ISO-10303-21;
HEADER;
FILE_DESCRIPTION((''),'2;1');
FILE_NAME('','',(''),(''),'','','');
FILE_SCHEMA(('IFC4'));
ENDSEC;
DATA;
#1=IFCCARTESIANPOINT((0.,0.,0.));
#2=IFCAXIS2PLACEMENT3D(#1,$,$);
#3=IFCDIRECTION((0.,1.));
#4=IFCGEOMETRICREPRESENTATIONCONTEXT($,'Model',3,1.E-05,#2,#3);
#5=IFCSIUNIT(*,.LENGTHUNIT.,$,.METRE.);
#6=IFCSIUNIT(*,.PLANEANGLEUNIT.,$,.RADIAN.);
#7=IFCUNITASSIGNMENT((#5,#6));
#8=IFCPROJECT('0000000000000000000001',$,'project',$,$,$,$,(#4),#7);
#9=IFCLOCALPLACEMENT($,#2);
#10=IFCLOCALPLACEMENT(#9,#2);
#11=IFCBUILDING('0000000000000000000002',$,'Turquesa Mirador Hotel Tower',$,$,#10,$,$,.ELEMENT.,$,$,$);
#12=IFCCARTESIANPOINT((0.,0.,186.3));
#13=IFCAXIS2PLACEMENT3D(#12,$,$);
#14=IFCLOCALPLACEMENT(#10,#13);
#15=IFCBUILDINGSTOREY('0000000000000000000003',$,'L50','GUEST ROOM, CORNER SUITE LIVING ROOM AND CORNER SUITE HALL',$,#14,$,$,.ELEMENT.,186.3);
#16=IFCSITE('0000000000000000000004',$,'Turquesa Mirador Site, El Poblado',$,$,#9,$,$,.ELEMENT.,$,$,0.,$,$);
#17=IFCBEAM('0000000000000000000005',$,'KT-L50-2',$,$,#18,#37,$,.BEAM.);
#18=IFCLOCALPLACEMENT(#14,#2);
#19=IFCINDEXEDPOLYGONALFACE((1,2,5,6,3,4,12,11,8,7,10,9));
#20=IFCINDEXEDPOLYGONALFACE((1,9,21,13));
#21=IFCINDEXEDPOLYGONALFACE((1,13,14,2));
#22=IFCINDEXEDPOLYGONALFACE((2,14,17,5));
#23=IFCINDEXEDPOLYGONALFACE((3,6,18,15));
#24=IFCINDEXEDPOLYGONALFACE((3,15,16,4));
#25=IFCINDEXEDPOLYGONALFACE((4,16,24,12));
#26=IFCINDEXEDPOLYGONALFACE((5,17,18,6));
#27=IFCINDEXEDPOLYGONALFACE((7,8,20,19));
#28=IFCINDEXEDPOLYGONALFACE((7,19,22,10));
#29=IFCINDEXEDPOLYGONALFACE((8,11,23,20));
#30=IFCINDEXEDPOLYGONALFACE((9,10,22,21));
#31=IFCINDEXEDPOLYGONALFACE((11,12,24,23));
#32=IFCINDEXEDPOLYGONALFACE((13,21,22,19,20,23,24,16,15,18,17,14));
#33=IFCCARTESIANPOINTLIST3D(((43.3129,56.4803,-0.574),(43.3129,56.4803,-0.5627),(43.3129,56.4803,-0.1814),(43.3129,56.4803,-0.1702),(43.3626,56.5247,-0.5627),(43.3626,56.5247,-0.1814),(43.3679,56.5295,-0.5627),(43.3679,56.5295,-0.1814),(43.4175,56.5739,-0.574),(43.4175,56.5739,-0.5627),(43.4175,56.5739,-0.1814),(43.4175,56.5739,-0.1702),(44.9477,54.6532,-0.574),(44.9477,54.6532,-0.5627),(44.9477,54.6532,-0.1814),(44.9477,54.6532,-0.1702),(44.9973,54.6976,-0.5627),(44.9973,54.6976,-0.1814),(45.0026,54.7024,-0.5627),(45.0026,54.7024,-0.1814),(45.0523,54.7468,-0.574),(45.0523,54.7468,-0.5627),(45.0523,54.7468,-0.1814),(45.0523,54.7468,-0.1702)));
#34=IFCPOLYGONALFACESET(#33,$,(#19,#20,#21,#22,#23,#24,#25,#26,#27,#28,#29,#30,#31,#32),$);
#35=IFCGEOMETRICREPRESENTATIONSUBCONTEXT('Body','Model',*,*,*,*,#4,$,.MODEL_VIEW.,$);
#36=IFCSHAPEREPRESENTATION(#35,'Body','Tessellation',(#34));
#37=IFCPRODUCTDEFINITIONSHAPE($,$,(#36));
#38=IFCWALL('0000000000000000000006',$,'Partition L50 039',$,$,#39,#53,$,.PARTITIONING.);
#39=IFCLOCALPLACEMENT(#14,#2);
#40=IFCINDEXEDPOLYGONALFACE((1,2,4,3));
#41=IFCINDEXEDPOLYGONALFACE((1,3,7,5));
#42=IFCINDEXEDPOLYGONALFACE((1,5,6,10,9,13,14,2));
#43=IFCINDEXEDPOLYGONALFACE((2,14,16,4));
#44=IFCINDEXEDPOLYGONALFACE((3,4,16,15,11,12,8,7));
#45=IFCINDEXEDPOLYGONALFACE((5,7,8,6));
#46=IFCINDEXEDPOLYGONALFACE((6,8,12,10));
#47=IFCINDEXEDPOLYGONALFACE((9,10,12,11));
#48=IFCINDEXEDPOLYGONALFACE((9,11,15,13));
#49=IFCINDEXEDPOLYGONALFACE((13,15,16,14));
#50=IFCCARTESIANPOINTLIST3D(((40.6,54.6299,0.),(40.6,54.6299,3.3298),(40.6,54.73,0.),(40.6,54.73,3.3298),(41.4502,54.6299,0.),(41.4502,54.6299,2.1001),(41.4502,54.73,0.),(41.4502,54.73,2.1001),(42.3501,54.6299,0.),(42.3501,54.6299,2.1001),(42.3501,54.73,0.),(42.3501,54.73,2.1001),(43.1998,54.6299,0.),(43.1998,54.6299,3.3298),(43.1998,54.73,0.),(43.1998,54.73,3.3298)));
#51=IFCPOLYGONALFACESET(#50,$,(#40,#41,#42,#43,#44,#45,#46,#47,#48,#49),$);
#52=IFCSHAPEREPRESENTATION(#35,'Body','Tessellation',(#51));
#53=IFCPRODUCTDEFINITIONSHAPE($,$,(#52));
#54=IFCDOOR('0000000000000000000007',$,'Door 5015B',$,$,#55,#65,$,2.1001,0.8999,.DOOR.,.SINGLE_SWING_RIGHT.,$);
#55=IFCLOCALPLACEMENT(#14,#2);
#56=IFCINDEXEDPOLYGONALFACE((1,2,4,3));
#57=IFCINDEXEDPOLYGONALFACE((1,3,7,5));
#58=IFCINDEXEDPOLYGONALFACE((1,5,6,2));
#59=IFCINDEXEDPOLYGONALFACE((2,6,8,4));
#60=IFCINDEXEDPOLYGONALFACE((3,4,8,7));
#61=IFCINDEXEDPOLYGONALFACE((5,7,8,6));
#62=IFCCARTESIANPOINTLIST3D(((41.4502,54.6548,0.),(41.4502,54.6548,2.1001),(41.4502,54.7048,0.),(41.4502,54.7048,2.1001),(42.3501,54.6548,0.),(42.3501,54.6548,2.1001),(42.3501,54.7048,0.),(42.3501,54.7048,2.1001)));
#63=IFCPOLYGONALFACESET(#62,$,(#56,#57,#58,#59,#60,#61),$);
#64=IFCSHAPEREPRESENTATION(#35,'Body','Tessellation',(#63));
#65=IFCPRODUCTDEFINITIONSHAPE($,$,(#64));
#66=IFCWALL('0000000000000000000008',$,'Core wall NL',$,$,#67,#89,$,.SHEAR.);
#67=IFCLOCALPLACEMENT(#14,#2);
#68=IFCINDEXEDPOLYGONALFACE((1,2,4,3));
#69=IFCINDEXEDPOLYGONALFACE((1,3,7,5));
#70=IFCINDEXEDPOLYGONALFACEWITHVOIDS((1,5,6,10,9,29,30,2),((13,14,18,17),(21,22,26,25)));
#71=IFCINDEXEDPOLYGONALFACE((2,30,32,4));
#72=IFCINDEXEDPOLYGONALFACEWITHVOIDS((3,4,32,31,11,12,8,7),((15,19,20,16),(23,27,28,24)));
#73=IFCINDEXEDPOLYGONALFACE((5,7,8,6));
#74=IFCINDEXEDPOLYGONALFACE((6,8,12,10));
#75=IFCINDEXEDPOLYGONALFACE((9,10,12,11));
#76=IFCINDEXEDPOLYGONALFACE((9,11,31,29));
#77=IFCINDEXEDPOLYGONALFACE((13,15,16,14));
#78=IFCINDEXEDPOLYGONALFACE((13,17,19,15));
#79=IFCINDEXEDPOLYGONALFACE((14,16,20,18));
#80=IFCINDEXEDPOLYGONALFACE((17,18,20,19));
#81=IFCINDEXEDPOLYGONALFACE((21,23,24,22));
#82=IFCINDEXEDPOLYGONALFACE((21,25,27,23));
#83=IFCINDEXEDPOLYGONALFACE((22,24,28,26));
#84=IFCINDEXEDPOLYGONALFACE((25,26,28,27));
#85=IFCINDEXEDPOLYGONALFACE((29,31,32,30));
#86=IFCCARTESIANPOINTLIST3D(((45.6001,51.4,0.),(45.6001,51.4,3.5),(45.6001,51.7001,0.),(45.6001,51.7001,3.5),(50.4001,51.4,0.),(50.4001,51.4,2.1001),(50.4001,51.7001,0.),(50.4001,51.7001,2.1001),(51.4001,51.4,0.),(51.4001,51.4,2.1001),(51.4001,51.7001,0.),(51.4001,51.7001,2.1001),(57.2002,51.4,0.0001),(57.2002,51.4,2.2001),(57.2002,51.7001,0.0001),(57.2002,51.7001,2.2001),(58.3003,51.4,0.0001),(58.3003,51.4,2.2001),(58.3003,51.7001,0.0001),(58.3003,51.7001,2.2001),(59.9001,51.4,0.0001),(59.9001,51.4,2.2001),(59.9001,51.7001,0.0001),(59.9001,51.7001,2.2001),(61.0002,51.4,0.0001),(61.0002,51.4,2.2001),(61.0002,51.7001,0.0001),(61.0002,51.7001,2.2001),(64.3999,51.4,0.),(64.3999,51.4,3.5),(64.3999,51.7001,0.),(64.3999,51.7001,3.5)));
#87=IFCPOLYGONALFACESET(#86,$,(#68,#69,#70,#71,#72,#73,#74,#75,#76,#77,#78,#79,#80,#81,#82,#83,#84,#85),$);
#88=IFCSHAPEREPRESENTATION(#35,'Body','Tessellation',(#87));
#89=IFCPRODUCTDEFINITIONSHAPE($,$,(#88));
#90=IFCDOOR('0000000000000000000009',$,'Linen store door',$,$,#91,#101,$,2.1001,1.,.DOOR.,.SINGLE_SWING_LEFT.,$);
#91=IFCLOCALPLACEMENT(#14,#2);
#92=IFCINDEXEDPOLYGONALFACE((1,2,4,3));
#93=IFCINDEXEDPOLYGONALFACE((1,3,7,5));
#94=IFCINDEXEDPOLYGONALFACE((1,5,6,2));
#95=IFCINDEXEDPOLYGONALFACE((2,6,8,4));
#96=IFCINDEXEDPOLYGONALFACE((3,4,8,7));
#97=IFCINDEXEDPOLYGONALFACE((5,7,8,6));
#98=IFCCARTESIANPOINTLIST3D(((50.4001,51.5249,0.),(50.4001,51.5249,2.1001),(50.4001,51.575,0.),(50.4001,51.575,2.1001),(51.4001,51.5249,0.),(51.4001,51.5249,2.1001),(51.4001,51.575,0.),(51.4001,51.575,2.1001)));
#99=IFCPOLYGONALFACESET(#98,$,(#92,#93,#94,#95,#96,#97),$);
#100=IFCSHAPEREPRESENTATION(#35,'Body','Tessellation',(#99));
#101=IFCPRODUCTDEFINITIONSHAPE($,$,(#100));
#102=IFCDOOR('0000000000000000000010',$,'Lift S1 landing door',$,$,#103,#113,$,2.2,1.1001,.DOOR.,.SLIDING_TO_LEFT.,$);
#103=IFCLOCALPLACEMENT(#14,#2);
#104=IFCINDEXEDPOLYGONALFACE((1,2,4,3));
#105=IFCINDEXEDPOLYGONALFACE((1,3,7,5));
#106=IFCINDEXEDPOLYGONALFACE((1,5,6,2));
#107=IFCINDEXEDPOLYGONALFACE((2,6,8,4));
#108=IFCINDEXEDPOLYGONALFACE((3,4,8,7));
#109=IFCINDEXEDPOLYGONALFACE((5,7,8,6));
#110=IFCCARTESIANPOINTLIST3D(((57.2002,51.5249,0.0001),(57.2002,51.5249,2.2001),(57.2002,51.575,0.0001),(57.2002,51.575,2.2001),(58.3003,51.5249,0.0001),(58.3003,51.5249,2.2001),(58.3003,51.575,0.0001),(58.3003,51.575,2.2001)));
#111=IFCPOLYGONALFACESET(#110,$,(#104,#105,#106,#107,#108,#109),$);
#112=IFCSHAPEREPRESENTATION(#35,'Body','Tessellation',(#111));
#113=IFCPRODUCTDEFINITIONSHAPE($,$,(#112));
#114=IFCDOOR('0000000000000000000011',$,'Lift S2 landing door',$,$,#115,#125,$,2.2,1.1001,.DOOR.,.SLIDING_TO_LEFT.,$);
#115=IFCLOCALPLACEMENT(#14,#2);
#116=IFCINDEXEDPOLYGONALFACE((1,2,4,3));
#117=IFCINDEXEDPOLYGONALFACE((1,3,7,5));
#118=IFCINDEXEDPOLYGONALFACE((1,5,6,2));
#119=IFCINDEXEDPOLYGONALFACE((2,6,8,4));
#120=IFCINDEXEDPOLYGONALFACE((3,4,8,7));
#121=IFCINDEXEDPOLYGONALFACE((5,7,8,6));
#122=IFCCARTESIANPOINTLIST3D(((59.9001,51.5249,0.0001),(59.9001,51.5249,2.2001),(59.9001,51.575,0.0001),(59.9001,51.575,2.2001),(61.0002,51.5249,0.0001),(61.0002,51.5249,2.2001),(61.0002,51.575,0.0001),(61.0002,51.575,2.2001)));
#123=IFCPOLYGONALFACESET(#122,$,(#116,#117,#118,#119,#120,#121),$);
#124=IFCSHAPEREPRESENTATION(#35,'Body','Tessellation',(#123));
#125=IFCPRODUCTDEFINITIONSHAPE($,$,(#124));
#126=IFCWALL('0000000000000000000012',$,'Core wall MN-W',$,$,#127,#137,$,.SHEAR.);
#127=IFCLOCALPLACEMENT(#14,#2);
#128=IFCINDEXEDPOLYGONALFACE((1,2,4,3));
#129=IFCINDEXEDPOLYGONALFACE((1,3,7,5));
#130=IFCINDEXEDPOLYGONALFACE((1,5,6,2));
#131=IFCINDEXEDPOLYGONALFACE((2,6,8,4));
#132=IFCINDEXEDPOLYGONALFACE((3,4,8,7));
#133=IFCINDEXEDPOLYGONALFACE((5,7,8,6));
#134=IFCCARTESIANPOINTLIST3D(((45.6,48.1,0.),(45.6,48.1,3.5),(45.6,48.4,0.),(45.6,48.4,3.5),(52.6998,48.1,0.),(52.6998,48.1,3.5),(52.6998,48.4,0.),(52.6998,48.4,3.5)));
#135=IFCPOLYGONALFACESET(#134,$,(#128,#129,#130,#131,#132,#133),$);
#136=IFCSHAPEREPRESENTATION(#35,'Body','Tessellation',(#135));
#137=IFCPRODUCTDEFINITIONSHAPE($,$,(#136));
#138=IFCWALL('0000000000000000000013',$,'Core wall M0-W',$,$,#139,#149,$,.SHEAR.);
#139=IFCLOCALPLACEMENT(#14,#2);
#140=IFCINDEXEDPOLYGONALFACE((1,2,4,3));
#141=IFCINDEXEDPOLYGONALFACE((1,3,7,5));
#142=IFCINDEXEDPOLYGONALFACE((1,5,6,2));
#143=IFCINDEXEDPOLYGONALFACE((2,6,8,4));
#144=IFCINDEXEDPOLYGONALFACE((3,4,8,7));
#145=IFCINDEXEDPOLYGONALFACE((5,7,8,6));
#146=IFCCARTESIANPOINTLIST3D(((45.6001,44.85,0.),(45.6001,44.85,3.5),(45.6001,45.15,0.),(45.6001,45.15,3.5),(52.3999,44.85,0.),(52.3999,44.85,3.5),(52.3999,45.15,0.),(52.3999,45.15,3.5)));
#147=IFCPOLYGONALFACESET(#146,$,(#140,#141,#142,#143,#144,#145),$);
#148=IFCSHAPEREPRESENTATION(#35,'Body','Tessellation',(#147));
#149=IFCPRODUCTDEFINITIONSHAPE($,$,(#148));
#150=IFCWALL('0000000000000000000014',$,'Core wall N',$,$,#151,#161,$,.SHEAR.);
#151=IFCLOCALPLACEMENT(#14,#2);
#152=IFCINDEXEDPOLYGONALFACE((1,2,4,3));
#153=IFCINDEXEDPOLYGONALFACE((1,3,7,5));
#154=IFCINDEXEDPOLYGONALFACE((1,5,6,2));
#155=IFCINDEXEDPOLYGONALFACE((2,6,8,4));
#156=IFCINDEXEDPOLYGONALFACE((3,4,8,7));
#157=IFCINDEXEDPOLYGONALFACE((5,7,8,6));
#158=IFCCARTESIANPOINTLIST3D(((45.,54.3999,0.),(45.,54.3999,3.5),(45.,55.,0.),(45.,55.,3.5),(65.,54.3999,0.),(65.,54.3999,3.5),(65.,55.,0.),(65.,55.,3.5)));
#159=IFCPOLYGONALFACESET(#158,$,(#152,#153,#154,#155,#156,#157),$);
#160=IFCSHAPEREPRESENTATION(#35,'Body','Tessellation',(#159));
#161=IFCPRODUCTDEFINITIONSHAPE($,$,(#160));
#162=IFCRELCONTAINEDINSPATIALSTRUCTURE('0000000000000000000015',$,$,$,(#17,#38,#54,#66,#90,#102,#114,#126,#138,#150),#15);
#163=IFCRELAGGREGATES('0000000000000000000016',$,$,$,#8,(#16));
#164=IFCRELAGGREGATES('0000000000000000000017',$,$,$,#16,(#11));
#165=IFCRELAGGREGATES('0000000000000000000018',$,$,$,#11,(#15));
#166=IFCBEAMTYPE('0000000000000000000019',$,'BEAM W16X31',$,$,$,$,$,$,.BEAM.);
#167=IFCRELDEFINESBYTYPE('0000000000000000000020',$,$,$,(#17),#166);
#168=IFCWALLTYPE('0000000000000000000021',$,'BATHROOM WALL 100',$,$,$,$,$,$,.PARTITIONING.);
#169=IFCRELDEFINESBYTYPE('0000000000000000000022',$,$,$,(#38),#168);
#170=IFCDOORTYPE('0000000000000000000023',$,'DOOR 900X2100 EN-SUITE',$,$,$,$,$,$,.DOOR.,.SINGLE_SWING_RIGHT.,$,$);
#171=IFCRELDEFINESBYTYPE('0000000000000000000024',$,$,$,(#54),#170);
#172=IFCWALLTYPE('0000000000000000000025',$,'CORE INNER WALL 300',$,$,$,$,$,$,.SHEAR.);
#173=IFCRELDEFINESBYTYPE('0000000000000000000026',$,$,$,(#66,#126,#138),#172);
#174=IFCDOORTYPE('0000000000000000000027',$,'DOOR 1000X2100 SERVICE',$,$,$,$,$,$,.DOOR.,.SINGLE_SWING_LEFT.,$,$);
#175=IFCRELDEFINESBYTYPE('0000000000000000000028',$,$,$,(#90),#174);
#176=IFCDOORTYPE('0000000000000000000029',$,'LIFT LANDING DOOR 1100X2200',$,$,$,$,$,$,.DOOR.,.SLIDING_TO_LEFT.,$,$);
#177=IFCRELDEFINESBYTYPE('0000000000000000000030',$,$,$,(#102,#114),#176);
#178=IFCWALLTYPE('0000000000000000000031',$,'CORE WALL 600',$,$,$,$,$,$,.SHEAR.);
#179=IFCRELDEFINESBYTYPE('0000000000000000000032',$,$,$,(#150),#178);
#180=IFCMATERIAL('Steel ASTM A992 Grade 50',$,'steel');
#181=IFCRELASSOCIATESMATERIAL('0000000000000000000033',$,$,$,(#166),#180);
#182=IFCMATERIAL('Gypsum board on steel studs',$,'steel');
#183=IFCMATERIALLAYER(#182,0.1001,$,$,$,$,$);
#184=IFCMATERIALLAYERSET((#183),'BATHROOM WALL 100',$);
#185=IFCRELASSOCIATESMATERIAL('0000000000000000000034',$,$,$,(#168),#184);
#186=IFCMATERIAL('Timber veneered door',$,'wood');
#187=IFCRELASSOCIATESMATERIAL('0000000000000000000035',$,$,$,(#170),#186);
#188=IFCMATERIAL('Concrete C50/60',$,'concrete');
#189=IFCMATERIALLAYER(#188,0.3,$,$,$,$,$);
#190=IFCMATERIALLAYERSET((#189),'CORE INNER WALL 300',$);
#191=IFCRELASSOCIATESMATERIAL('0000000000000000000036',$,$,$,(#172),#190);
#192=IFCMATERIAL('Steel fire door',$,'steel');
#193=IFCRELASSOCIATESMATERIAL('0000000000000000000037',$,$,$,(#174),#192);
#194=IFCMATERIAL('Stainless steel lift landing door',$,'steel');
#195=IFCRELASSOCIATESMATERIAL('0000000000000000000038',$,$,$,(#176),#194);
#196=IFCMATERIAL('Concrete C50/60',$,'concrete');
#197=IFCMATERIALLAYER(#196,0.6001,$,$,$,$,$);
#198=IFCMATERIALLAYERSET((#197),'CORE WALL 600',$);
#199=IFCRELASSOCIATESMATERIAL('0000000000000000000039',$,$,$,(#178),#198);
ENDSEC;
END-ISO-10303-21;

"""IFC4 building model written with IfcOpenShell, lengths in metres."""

from ifc_helpers import new_model, si_unit, direction, frame, frame_2d, origin, origin_2d, place, context, subcontext, project, spatial, rectangle, i_section, extrude, material, layer, layer_set, material_profile, profile_set, type_object, element, fill, save


model = new_model("IFC4")

# Units and contexts
model_context = context("Model", 3, precision=1e-05, world=origin(), true_north=direction((0.0, 1.0)))
body_context = subcontext(model_context, "Body", "Model", "MODEL_VIEW")
ifc_project = project(units=[si_unit("LENGTHUNIT", "METRE"), si_unit("PLANEANGLEUNIT", "RADIAN")], contexts=[model_context])

# Site, building, storey
site_placement = place(None, origin())
site = spatial("IfcSite", under=ifc_project, at=site_placement, Name="Turquesa Mirador Site, El Poblado", CompositionType="ELEMENT", RefElevation=0.0)
building_placement = place(site_placement, origin())
building = spatial("IfcBuilding", under=site, at=building_placement, Name="Turquesa Mirador Hotel Tower", CompositionType="ELEMENT")
storey_placement = place(building_placement, frame((0.0, 0.0, 186.3)))
storey = spatial("IfcBuildingStorey", under=building, at=storey_placement, Name="L50", Description="GUEST ROOM, CORNER SUITE LIVING ROOM AND CORNER SUITE HALL", CompositionType="ELEMENT", Elevation=186.3)

# Beam
ifc_material_1 = material(Name="Steel ASTM A992 Grade 50", Category="steel")
ifc_material_profile = material_profile(ifc_material_1, i_section(OverallWidth=0.1404, OverallDepth=0.4038, WebThickness=0.0071, FlangeThickness=0.0112, at=origin_2d()), Name="W16X31")
ifc_profile_set = profile_set([ifc_material_profile], Name="Steel ASTM A992 Grade 50")
beam_type = type_object("IfcBeamType", Name="BEAM W16X31", PredefinedType="BEAM", material=ifc_profile_set)
beam_placement = place(storey_placement, frame((43.3652, 56.5271, -0.3721), z_axis=(0.666783, -0.745252, 0.0), x_axis=(0.745252, 0.666783, 0.0)))
element("IfcBeam", 1, at=beam_placement, inside=storey, type_object=beam_type, Name="KT-L50-2", PredefinedType="BEAM", context=body_context, shape_type="SweptSolid", body=[
    extrude(i_section(OverallWidth=0.1404, OverallDepth=0.4038, WebThickness=0.0071, FlangeThickness=0.0112, at=origin_2d()), origin(), (0.0, 0.0, 1.0), 2.4517),
])

# Wall, opening, door
ifc_material_2 = material(Name="Gypsum board on steel studs", Category="steel")
ifc_layer_1 = layer(ifc_material_2, 0.1001)
ifc_layer_set_1 = layer_set([ifc_layer_1], Name="BATHROOM WALL 100")
wall_type_1 = type_object("IfcWallType", Name="BATHROOM WALL 100", PredefinedType="PARTITIONING", material=ifc_layer_set_1)
wall_1_placement = place(storey_placement, frame((40.6001, 54.6799, 0.0), z_axis=(0.0, 0.0, 1.0), x_axis=(1.0, 0.0, 0.0)))
wall_1 = element("IfcWall", 2, at=wall_1_placement, inside=storey, type_object=wall_type_1, Name="Partition L50 039", PredefinedType="PARTITIONING", context=body_context, shape_type="SweptSolid", body=[
    extrude(rectangle(XDim=2.5999, YDim=0.1001, at=frame_2d((1.2998, 0.0))), origin(), (0.0, 0.0, 1.0), 3.3298),
])
opening_1_placement = place(wall_1_placement, frame((0.8501, 0.0, 0.0)))
opening_1 = element("IfcOpeningElement", 3, at=opening_1_placement, cuts=wall_1, PredefinedType="OPENING", context=body_context, shape_type="SweptSolid", body=[
    extrude(rectangle(XDim=0.8999, YDim=2.1001, at=frame_2d((0.45, 1.05))), frame((0.0, 0.0601, 0.0), z_axis=(0.0, -1.0, 0.0), x_axis=(1.0, 0.0, 0.0)), (0.0, 0.0, 1.0), 0.1201),
])
ifc_material_3 = material(Name="Timber veneered door", Category="wood")
door_type_1 = type_object("IfcDoorType", Name="DOOR 900X2100 EN-SUITE", OperationType="SINGLE_SWING_RIGHT", PredefinedType="DOOR", material=ifc_material_3)
door_1_placement = place(opening_1_placement, origin())
door_1 = element("IfcDoor", 4, at=door_1_placement, inside=storey, type_object=door_type_1, Name="Door 5015B", OperationType="SINGLE_SWING_RIGHT", OverallHeight=2.1001, OverallWidth=0.8999, PredefinedType="DOOR", context=body_context, shape_type="SweptSolid", body=[
    extrude(rectangle(XDim=0.8999, YDim=2.1001, at=frame_2d((0.45, 1.05))), frame((0.0, 0.0249, 0.0), z_axis=(0.0, -1.0, 0.0), x_axis=(1.0, 0.0, 0.0)), (0.0, 0.0, 1.0), 0.05),
])
fill(opening_1, door_1)

# Wall, openings, doors
ifc_material_4 = material(Name="Concrete C50/60", Category="concrete")
ifc_layer_2 = layer(ifc_material_4, 0.3)
ifc_layer_set_2 = layer_set([ifc_layer_2], Name="CORE INNER WALL 300")
wall_type_2 = type_object("IfcWallType", Name="CORE INNER WALL 300", PredefinedType="SHEAR", material=ifc_layer_set_2)
wall_2_placement = place(storey_placement, frame((45.6001, 51.55, 0.0), z_axis=(0.0, 0.0, 1.0), x_axis=(1.0, 0.0, 0.0)))
wall_2 = element("IfcWall", 5, at=wall_2_placement, inside=storey, type_object=wall_type_2, Name="Core wall NL", PredefinedType="SHEAR", context=body_context, shape_type="SweptSolid", body=[
    extrude(rectangle(XDim=18.7998, YDim=0.3, at=frame_2d((9.3999, 0.0))), origin(), (0.0, 0.0, 1.0), 3.5),
])
opening_2_placement = place(wall_2_placement, frame((4.8, 0.0, 0.0)))
opening_2 = element("IfcOpeningElement", 6, at=opening_2_placement, cuts=wall_2, PredefinedType="OPENING", context=body_context, shape_type="SweptSolid", body=[
    extrude(rectangle(XDim=1.0, YDim=2.1001, at=frame_2d((0.5, 1.05))), frame((0.0, 0.1599, 0.0), z_axis=(0.0, -1.0, 0.0), x_axis=(1.0, 0.0, 0.0)), (0.0, 0.0, 1.0), 0.3201),
])
opening_3_placement = place(wall_2_placement, frame((11.6001, 0.0, 0.0)))
opening_3 = element("IfcOpeningElement", 7, at=opening_3_placement, cuts=wall_2, PredefinedType="OPENING", context=body_context, shape_type="SweptSolid", body=[
    extrude(rectangle(XDim=1.1001, YDim=2.2, at=frame_2d((0.55, 1.1001))), frame((0.0, 0.1599, 0.0), z_axis=(0.0, -1.0, 0.0), x_axis=(1.0, 0.0, 0.0)), (0.0, 0.0, 1.0), 0.3201),
])
opening_4_placement = place(wall_2_placement, frame((14.3, 0.0, 0.0)))
opening_4 = element("IfcOpeningElement", 8, at=opening_4_placement, cuts=wall_2, PredefinedType="OPENING", context=body_context, shape_type="SweptSolid", body=[
    extrude(rectangle(XDim=1.1001, YDim=2.2, at=frame_2d((0.55, 1.1001))), frame((0.0, 0.1599, 0.0), z_axis=(0.0, -1.0, 0.0), x_axis=(1.0, 0.0, 0.0)), (0.0, 0.0, 1.0), 0.3201),
])
ifc_material_5 = material(Name="Steel fire door", Category="steel")
door_type_2 = type_object("IfcDoorType", Name="DOOR 1000X2100 SERVICE", OperationType="SINGLE_SWING_LEFT", PredefinedType="DOOR", material=ifc_material_5)
door_2_placement = place(opening_2_placement, origin())
door_2 = element("IfcDoor", 9, at=door_2_placement, inside=storey, type_object=door_type_2, Name="Linen store door", OperationType="SINGLE_SWING_LEFT", OverallHeight=2.1001, OverallWidth=1.0, PredefinedType="DOOR", context=body_context, shape_type="SweptSolid", body=[
    extrude(rectangle(XDim=1.0, YDim=2.1001, at=frame_2d((0.5, 1.05))), frame((0.0, 0.0249, 0.0), z_axis=(0.0, -1.0, 0.0), x_axis=(1.0, 0.0, 0.0)), (0.0, 0.0, 1.0), 0.05),
])
fill(opening_2, door_2)
ifc_material_6 = material(Name="Stainless steel lift landing door", Category="steel")
door_type_3 = type_object("IfcDoorType", Name="LIFT LANDING DOOR 1100X2200", OperationType="SLIDING_TO_LEFT", PredefinedType="DOOR", material=ifc_material_6)
door_3_placement = place(opening_3_placement, origin())
door_3 = element("IfcDoor", 10, at=door_3_placement, inside=storey, type_object=door_type_3, Name="Lift S1 landing door", OperationType="SLIDING_TO_LEFT", OverallHeight=2.2, OverallWidth=1.1001, PredefinedType="DOOR", context=body_context, shape_type="SweptSolid", body=[
    extrude(rectangle(XDim=1.1001, YDim=2.2, at=frame_2d((0.55, 1.1001))), frame((0.0, 0.0249, 0.0), z_axis=(0.0, -1.0, 0.0), x_axis=(1.0, 0.0, 0.0)), (0.0, 0.0, 1.0), 0.05),
])
fill(opening_3, door_3)
door_4_placement = place(opening_4_placement, origin())
door_4 = element("IfcDoor", 11, at=door_4_placement, inside=storey, type_object=door_type_3, Name="Lift S2 landing door", OperationType="SLIDING_TO_LEFT", OverallHeight=2.2, OverallWidth=1.1001, PredefinedType="DOOR", context=body_context, shape_type="SweptSolid", body=[
    extrude(rectangle(XDim=1.1001, YDim=2.2, at=frame_2d((0.55, 1.1001))), frame((0.0, 0.0249, 0.0), z_axis=(0.0, -1.0, 0.0), x_axis=(1.0, 0.0, 0.0)), (0.0, 0.0, 1.0), 0.05),
])
fill(opening_4, door_4)

# Walls
wall_3_placement = place(storey_placement, frame((45.6001, 48.25, 0.0), z_axis=(0.0, 0.0, 1.0), x_axis=(1.0, 0.0, 0.0)))
element("IfcWall", 12, at=wall_3_placement, inside=storey, type_object=wall_type_2, Name="Core wall MN-W", PredefinedType="SHEAR", context=body_context, shape_type="SweptSolid", body=[
    extrude(rectangle(XDim=7.0999, YDim=0.3, at=frame_2d((3.5498, 0.0))), origin(), (0.0, 0.0, 1.0), 3.5),
])
wall_4_placement = place(storey_placement, frame((45.6001, 45.0, 0.0), z_axis=(0.0, 0.0, 1.0), x_axis=(1.0, 0.0, 0.0)))
element("IfcWall", 13, at=wall_4_placement, inside=storey, type_object=wall_type_2, Name="Core wall M0-W", PredefinedType="SHEAR", context=body_context, shape_type="SweptSolid", body=[
    extrude(rectangle(XDim=6.7998, YDim=0.3, at=frame_2d((3.3999, 0.0))), origin(), (0.0, 0.0, 1.0), 3.5),
])
ifc_material_7 = material(Name="Concrete C50/60", Category="concrete")
ifc_layer_3 = layer(ifc_material_7, 0.6001)
ifc_layer_set_3 = layer_set([ifc_layer_3], Name="CORE WALL 600")
wall_type_3 = type_object("IfcWallType", Name="CORE WALL 600", PredefinedType="SHEAR", material=ifc_layer_set_3)
wall_5_placement = place(storey_placement, frame((45.0, 54.7, 0.0), z_axis=(0.0, 0.0, 1.0), x_axis=(1.0, 0.0, 0.0)))
element("IfcWall", 14, at=wall_5_placement, inside=storey, type_object=wall_type_3, Name="Core wall N", PredefinedType="SHEAR", context=body_context, shape_type="SweptSolid", body=[
    extrude(rectangle(XDim=20.0, YDim=0.6001, at=frame_2d((10.0, 0.0))), origin(), (0.0, 0.0, 1.0), 3.5),
])

save(model, "model.ifc")
